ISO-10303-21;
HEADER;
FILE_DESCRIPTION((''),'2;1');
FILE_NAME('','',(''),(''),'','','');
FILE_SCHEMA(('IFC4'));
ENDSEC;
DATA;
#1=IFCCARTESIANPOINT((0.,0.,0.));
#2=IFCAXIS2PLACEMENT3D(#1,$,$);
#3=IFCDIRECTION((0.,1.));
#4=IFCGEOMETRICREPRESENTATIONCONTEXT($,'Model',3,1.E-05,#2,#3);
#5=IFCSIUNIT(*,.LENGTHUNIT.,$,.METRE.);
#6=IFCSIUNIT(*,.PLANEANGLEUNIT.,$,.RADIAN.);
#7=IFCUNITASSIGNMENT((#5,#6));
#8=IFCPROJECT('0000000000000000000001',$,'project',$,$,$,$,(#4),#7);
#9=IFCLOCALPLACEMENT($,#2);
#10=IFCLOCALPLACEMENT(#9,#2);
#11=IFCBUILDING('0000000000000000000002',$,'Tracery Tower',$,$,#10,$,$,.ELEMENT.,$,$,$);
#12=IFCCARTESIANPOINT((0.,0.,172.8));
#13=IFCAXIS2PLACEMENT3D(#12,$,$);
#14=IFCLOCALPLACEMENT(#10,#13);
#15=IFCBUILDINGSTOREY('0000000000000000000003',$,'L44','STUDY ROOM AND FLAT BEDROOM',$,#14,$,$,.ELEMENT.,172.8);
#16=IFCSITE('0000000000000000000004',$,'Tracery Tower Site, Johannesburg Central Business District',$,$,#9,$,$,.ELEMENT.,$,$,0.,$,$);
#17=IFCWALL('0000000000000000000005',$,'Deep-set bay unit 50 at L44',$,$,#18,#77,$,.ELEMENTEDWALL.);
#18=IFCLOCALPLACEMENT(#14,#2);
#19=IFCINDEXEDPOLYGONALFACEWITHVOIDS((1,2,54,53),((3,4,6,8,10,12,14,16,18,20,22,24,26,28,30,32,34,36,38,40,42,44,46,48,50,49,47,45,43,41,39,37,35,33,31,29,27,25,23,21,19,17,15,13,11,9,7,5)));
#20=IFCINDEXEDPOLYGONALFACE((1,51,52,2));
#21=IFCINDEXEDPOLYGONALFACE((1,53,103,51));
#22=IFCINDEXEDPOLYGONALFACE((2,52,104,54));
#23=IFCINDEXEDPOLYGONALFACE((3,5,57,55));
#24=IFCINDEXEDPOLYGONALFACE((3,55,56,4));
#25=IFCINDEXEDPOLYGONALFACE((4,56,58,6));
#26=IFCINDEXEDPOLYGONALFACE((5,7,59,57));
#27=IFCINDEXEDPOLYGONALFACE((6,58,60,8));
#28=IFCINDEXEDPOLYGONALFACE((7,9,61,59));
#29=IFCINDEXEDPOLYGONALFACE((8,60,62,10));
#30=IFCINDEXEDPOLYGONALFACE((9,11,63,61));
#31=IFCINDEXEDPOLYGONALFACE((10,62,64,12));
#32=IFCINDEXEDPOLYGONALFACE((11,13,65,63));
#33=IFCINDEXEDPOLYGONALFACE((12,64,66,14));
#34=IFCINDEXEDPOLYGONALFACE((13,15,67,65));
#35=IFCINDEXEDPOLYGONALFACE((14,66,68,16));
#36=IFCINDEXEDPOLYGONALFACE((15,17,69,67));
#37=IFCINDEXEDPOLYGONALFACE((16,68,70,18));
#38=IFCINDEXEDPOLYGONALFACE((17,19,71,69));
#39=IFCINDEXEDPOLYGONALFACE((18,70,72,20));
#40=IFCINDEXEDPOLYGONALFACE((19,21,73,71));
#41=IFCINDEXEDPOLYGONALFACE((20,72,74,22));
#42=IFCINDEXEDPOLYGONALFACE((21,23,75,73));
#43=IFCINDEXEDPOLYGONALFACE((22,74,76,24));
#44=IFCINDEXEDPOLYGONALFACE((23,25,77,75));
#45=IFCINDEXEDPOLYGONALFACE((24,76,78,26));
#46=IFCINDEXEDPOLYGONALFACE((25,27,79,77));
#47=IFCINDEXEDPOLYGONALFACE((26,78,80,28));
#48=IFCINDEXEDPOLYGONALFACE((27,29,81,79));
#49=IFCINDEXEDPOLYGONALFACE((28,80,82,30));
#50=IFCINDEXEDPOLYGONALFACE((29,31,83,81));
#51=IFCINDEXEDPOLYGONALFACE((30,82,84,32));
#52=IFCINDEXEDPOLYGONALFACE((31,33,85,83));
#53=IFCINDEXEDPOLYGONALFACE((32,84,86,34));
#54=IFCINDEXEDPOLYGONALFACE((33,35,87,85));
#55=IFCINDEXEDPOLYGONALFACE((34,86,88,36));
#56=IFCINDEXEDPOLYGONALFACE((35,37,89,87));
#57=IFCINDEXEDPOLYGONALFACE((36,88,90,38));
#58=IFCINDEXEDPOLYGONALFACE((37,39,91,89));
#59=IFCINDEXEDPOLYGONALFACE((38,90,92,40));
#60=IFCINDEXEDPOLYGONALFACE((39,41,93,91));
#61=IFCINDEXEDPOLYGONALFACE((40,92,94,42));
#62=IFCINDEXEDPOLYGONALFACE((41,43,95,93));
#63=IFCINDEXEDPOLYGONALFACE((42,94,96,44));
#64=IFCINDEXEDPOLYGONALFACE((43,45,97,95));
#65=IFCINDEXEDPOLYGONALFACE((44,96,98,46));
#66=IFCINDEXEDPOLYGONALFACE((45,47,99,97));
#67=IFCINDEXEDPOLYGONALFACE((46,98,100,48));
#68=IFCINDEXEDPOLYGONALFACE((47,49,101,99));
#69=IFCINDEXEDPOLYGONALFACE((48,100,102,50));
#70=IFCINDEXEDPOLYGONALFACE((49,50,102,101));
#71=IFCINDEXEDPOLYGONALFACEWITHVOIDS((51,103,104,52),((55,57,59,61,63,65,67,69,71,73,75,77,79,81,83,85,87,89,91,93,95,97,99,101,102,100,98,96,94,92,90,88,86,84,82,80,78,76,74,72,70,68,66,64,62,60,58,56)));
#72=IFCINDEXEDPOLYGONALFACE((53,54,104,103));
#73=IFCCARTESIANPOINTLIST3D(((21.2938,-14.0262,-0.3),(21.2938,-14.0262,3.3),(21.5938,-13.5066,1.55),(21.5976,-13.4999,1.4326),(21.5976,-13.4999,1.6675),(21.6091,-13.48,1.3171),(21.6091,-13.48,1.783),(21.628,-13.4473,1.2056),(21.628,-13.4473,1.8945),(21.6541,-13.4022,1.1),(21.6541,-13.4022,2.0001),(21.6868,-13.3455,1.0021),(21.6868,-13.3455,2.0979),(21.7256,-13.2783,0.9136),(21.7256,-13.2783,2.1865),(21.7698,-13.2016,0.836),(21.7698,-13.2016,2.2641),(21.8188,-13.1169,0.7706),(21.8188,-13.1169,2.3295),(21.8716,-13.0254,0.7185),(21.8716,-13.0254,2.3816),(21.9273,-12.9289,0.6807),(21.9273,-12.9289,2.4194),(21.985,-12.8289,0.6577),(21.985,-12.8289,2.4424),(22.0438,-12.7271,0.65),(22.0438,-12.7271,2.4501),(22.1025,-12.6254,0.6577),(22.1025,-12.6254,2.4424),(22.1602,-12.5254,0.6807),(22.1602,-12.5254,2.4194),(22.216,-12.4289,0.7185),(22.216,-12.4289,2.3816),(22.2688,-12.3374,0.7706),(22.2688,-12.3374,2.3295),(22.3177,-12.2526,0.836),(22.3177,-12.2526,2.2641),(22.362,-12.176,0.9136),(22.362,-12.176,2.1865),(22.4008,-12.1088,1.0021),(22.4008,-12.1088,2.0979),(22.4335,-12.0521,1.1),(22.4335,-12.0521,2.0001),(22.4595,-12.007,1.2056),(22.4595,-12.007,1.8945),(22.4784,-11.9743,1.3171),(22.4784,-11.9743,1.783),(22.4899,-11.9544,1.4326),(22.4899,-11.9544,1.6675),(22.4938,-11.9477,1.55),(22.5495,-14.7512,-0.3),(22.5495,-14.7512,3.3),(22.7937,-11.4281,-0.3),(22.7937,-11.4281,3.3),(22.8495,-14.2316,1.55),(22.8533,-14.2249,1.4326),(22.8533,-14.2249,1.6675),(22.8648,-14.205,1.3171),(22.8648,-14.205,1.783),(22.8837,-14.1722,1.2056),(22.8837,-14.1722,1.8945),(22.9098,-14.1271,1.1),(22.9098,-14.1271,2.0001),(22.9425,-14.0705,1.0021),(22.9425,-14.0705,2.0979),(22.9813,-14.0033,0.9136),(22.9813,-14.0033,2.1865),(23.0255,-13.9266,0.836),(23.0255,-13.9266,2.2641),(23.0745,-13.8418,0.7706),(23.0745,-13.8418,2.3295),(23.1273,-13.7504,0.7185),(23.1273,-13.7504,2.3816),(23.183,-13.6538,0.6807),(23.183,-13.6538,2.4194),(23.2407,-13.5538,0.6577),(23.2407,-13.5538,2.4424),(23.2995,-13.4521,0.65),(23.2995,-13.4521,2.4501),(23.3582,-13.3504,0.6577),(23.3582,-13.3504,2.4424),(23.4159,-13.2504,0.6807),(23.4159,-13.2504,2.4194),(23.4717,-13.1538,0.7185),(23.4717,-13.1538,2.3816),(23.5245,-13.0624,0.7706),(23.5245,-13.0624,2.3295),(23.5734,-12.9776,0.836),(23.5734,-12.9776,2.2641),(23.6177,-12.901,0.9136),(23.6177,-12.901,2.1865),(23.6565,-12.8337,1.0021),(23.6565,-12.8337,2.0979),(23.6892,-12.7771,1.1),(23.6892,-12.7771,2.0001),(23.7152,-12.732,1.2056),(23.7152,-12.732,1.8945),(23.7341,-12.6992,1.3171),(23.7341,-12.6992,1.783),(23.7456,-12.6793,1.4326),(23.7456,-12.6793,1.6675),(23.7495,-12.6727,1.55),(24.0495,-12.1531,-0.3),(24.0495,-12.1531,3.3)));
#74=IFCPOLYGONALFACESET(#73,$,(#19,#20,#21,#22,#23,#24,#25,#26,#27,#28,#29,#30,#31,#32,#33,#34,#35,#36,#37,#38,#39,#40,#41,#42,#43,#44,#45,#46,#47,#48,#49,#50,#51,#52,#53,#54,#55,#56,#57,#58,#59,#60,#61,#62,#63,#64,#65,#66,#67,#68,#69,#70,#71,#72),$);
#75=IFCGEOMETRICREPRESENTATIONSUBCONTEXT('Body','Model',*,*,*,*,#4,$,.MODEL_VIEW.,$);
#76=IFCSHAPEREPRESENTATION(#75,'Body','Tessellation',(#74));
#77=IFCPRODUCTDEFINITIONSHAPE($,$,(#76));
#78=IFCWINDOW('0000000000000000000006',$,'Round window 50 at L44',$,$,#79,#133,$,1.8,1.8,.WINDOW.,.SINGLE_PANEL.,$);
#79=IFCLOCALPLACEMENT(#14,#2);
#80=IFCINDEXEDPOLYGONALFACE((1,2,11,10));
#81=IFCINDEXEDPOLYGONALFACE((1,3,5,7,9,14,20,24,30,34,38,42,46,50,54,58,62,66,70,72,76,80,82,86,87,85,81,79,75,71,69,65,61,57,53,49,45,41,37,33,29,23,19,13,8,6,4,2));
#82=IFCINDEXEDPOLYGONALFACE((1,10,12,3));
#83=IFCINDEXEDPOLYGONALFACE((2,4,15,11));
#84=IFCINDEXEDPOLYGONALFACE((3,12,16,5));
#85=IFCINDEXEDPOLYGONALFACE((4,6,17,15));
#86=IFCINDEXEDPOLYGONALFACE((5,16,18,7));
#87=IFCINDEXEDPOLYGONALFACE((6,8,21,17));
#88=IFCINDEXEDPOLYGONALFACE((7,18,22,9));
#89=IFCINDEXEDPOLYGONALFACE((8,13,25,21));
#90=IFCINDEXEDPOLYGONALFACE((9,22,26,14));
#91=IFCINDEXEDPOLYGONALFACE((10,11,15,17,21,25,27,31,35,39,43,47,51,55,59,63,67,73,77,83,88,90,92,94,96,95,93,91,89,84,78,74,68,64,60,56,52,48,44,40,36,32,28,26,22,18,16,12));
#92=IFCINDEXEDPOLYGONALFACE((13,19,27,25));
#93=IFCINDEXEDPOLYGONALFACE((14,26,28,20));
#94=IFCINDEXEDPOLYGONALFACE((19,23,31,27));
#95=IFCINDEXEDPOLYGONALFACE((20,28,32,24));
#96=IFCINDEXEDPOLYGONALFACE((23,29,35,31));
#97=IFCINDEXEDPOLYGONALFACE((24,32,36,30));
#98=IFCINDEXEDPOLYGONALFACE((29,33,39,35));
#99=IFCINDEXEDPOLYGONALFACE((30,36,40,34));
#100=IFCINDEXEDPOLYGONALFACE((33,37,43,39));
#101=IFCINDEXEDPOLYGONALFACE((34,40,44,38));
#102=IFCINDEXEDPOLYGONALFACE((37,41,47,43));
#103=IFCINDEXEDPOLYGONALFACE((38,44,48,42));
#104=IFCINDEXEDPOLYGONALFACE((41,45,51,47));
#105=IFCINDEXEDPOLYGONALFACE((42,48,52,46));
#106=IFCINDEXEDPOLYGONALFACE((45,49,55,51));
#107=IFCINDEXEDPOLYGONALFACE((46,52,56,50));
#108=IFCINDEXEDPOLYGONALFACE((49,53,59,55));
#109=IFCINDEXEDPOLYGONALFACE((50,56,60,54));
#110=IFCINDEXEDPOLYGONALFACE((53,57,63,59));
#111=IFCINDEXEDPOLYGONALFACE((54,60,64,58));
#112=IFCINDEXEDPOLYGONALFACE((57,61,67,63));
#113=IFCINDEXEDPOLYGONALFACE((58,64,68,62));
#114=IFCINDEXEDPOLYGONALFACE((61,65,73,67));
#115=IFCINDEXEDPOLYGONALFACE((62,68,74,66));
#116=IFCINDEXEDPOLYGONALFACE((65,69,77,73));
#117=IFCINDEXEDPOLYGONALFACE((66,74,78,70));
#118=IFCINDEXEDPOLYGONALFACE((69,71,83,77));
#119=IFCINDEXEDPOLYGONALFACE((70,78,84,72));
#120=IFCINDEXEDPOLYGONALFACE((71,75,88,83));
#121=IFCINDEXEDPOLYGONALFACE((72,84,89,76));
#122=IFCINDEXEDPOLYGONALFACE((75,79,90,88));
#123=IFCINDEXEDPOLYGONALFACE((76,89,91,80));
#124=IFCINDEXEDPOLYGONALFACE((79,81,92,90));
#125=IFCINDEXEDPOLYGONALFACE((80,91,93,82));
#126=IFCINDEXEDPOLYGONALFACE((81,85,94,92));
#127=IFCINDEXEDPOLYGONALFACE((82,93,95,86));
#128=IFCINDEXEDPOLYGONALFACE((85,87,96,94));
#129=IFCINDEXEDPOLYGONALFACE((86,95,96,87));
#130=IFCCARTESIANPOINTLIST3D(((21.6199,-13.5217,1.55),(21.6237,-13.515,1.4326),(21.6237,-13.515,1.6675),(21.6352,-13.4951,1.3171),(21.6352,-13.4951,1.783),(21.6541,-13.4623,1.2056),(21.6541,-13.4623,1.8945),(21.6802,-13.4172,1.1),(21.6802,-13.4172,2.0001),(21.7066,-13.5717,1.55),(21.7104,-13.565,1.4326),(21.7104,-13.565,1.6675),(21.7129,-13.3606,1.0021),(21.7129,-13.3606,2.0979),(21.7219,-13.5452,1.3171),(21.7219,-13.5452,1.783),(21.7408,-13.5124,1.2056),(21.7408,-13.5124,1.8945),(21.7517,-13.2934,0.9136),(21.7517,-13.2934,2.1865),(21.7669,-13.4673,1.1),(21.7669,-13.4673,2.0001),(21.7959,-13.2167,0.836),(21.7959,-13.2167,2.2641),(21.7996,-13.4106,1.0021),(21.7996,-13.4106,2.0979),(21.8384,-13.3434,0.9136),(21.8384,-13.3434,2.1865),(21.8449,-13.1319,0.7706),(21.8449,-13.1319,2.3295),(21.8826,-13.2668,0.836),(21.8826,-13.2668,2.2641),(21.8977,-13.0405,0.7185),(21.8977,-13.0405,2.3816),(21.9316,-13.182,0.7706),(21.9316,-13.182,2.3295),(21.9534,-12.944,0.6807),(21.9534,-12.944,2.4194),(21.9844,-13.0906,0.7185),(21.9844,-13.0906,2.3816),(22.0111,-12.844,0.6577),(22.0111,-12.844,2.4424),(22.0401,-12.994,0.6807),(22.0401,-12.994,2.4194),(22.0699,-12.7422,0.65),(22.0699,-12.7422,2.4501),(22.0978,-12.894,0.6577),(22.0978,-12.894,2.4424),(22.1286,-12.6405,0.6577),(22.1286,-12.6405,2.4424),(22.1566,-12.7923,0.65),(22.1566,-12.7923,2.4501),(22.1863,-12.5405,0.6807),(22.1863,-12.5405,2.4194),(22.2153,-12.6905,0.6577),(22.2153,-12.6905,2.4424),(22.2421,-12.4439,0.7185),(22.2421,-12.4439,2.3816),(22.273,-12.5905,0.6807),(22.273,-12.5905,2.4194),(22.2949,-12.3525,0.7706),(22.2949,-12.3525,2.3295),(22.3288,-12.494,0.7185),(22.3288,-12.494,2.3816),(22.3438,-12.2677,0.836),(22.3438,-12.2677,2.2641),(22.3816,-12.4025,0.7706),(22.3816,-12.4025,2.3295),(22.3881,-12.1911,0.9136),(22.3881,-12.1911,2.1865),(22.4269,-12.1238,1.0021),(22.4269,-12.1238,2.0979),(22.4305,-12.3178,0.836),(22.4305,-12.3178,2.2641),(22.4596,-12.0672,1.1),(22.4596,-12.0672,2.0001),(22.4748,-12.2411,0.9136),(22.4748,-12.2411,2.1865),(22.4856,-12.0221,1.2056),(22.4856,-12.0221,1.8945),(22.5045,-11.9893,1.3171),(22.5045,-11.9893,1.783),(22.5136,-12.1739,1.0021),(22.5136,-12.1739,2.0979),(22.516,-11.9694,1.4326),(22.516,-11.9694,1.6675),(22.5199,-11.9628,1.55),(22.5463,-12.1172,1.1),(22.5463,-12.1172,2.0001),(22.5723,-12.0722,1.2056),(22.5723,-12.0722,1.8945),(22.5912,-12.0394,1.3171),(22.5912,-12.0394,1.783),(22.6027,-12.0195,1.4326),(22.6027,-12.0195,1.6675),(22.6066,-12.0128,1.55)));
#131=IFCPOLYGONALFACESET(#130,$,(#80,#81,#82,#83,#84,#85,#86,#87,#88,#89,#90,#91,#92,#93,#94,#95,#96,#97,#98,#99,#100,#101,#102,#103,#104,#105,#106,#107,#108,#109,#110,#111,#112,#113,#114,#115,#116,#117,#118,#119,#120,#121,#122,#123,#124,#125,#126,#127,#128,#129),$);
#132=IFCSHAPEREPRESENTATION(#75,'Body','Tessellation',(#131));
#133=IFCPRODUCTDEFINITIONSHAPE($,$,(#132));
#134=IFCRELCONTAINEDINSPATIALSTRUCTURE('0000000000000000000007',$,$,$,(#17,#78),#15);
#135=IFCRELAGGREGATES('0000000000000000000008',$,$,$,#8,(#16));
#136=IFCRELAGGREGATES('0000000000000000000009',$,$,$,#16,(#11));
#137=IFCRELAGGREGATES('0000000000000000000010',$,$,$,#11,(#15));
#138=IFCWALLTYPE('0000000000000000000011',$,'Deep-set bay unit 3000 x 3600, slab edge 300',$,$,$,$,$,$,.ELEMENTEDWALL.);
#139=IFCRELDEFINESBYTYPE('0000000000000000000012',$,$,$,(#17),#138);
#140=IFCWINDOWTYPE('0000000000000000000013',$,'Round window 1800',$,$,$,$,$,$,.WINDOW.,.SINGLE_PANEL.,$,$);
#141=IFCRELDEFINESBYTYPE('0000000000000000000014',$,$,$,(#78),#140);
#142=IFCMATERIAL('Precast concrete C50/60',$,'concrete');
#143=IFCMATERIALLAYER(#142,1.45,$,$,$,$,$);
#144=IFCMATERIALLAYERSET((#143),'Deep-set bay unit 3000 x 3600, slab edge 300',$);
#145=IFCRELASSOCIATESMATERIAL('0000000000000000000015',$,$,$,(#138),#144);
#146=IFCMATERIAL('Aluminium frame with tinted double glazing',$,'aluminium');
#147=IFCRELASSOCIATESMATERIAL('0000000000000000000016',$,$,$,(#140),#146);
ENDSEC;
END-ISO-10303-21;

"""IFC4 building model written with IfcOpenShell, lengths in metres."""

from ifc_helpers import new_model, si_unit, direction, frame, frame_2d, origin, origin_2d, place, context, subcontext, project, spatial, rectangle, circle, extrude, material, layer, layer_set, type_object, element, fill, save


model = new_model("IFC4")

# Units and contexts
model_context = context("Model", 3, precision=1e-05, world=origin(), true_north=direction((0.0, 1.0)))
body_context = subcontext(model_context, "Body", "Model", "MODEL_VIEW")
ifc_project = project(units=[si_unit("LENGTHUNIT", "METRE"), si_unit("PLANEANGLEUNIT", "RADIAN")], contexts=[model_context])

# Site, building, storey
site_placement = place(None, origin())
site = spatial("IfcSite", under=ifc_project, at=site_placement, Name="Tracery Tower Site, Johannesburg Central Business District", CompositionType="ELEMENT", RefElevation=0.0)
building_placement = place(site_placement, origin())
building = spatial("IfcBuilding", under=site, at=building_placement, Name="Tracery Tower", CompositionType="ELEMENT")
storey_placement = place(building_placement, frame((0.0, 0.0, 172.8)))
storey = spatial("IfcBuildingStorey", under=building, at=storey_placement, Name="L44", Description="STUDY ROOM AND FLAT BEDROOM", CompositionType="ELEMENT", Elevation=172.8)

# Wall, opening, window
ifc_material_1 = material(Name="Precast concrete C50/60", Category="concrete")
ifc_layer_1 = layer(ifc_material_1, 1.45)
ifc_layer_set_1 = layer_set([ifc_layer_1], Name="Deep-set bay unit 3000 x 3600, slab edge 300")
wall_type_1 = type_object("IfcWallType", Name="Deep-set bay unit 3000 x 3600, slab edge 300", PredefinedType="ELEMENTEDWALL", material=ifc_layer_set_1)
ifc_material_2 = material(Name="Aluminium frame with tinted double glazing", Category="aluminium")
window_type = type_object("IfcWindowType", Name="Round window 1800", PartitioningType="SINGLE_PANEL", PredefinedType="WINDOW", material=ifc_material_2)
wall_1_placement = place(storey_placement, frame((21.9216, -14.3887, -0.3), z_axis=(0.0, 0.0, 1.0), x_axis=(0.49999, 0.866031, 0.0)))
wall_1 = element("IfcWall", 1, at=wall_1_placement, inside=storey, type_object=wall_type_1, Name="Deep-set bay unit 50 at L44", PredefinedType="ELEMENTEDWALL", context=body_context, shape_type="SweptSolid", body=[
    extrude(rectangle(XDim=3.0, YDim=1.45, at=frame_2d((1.5, 0.0))), origin(), (0.0, 0.0, 1.0), 3.6001),
])
opening_1_placement = place(wall_1_placement, frame((1.5, 0.0, 1.8501)))
opening_1 = element("IfcOpeningElement", 2, at=opening_1_placement, cuts=wall_1, PredefinedType="OPENING", context=body_context, shape_type="SweptSolid", body=[
    extrude(circle(Radius=0.9, at=origin_2d()), frame((0.0, 0.7349, 0.0), z_axis=(0.0, -1.0, 0.0), x_axis=(1.0, 0.0, 0.0)), (0.0, 0.0, 1.0), 1.47),
])
window_1_placement = place(opening_1_placement, origin())
window_1 = element("IfcWindow", 3, at=window_1_placement, inside=storey, type_object=window_type, Name="Round window 50 at L44", OverallHeight=1.8, OverallWidth=1.8, PartitioningType="SINGLE_PANEL", PredefinedType="WINDOW", context=body_context, shape_type="SweptSolid", body=[
    extrude(circle(Radius=0.9, at=origin_2d()), frame((0.0, 0.6948, 0.0), z_axis=(0.0, -1.0, 0.0), x_axis=(1.0, 0.0, 0.0)), (0.0, 0.0, 1.0), 0.1001),
])
fill(opening_1, window_1)

save(model, "model.ifc")
